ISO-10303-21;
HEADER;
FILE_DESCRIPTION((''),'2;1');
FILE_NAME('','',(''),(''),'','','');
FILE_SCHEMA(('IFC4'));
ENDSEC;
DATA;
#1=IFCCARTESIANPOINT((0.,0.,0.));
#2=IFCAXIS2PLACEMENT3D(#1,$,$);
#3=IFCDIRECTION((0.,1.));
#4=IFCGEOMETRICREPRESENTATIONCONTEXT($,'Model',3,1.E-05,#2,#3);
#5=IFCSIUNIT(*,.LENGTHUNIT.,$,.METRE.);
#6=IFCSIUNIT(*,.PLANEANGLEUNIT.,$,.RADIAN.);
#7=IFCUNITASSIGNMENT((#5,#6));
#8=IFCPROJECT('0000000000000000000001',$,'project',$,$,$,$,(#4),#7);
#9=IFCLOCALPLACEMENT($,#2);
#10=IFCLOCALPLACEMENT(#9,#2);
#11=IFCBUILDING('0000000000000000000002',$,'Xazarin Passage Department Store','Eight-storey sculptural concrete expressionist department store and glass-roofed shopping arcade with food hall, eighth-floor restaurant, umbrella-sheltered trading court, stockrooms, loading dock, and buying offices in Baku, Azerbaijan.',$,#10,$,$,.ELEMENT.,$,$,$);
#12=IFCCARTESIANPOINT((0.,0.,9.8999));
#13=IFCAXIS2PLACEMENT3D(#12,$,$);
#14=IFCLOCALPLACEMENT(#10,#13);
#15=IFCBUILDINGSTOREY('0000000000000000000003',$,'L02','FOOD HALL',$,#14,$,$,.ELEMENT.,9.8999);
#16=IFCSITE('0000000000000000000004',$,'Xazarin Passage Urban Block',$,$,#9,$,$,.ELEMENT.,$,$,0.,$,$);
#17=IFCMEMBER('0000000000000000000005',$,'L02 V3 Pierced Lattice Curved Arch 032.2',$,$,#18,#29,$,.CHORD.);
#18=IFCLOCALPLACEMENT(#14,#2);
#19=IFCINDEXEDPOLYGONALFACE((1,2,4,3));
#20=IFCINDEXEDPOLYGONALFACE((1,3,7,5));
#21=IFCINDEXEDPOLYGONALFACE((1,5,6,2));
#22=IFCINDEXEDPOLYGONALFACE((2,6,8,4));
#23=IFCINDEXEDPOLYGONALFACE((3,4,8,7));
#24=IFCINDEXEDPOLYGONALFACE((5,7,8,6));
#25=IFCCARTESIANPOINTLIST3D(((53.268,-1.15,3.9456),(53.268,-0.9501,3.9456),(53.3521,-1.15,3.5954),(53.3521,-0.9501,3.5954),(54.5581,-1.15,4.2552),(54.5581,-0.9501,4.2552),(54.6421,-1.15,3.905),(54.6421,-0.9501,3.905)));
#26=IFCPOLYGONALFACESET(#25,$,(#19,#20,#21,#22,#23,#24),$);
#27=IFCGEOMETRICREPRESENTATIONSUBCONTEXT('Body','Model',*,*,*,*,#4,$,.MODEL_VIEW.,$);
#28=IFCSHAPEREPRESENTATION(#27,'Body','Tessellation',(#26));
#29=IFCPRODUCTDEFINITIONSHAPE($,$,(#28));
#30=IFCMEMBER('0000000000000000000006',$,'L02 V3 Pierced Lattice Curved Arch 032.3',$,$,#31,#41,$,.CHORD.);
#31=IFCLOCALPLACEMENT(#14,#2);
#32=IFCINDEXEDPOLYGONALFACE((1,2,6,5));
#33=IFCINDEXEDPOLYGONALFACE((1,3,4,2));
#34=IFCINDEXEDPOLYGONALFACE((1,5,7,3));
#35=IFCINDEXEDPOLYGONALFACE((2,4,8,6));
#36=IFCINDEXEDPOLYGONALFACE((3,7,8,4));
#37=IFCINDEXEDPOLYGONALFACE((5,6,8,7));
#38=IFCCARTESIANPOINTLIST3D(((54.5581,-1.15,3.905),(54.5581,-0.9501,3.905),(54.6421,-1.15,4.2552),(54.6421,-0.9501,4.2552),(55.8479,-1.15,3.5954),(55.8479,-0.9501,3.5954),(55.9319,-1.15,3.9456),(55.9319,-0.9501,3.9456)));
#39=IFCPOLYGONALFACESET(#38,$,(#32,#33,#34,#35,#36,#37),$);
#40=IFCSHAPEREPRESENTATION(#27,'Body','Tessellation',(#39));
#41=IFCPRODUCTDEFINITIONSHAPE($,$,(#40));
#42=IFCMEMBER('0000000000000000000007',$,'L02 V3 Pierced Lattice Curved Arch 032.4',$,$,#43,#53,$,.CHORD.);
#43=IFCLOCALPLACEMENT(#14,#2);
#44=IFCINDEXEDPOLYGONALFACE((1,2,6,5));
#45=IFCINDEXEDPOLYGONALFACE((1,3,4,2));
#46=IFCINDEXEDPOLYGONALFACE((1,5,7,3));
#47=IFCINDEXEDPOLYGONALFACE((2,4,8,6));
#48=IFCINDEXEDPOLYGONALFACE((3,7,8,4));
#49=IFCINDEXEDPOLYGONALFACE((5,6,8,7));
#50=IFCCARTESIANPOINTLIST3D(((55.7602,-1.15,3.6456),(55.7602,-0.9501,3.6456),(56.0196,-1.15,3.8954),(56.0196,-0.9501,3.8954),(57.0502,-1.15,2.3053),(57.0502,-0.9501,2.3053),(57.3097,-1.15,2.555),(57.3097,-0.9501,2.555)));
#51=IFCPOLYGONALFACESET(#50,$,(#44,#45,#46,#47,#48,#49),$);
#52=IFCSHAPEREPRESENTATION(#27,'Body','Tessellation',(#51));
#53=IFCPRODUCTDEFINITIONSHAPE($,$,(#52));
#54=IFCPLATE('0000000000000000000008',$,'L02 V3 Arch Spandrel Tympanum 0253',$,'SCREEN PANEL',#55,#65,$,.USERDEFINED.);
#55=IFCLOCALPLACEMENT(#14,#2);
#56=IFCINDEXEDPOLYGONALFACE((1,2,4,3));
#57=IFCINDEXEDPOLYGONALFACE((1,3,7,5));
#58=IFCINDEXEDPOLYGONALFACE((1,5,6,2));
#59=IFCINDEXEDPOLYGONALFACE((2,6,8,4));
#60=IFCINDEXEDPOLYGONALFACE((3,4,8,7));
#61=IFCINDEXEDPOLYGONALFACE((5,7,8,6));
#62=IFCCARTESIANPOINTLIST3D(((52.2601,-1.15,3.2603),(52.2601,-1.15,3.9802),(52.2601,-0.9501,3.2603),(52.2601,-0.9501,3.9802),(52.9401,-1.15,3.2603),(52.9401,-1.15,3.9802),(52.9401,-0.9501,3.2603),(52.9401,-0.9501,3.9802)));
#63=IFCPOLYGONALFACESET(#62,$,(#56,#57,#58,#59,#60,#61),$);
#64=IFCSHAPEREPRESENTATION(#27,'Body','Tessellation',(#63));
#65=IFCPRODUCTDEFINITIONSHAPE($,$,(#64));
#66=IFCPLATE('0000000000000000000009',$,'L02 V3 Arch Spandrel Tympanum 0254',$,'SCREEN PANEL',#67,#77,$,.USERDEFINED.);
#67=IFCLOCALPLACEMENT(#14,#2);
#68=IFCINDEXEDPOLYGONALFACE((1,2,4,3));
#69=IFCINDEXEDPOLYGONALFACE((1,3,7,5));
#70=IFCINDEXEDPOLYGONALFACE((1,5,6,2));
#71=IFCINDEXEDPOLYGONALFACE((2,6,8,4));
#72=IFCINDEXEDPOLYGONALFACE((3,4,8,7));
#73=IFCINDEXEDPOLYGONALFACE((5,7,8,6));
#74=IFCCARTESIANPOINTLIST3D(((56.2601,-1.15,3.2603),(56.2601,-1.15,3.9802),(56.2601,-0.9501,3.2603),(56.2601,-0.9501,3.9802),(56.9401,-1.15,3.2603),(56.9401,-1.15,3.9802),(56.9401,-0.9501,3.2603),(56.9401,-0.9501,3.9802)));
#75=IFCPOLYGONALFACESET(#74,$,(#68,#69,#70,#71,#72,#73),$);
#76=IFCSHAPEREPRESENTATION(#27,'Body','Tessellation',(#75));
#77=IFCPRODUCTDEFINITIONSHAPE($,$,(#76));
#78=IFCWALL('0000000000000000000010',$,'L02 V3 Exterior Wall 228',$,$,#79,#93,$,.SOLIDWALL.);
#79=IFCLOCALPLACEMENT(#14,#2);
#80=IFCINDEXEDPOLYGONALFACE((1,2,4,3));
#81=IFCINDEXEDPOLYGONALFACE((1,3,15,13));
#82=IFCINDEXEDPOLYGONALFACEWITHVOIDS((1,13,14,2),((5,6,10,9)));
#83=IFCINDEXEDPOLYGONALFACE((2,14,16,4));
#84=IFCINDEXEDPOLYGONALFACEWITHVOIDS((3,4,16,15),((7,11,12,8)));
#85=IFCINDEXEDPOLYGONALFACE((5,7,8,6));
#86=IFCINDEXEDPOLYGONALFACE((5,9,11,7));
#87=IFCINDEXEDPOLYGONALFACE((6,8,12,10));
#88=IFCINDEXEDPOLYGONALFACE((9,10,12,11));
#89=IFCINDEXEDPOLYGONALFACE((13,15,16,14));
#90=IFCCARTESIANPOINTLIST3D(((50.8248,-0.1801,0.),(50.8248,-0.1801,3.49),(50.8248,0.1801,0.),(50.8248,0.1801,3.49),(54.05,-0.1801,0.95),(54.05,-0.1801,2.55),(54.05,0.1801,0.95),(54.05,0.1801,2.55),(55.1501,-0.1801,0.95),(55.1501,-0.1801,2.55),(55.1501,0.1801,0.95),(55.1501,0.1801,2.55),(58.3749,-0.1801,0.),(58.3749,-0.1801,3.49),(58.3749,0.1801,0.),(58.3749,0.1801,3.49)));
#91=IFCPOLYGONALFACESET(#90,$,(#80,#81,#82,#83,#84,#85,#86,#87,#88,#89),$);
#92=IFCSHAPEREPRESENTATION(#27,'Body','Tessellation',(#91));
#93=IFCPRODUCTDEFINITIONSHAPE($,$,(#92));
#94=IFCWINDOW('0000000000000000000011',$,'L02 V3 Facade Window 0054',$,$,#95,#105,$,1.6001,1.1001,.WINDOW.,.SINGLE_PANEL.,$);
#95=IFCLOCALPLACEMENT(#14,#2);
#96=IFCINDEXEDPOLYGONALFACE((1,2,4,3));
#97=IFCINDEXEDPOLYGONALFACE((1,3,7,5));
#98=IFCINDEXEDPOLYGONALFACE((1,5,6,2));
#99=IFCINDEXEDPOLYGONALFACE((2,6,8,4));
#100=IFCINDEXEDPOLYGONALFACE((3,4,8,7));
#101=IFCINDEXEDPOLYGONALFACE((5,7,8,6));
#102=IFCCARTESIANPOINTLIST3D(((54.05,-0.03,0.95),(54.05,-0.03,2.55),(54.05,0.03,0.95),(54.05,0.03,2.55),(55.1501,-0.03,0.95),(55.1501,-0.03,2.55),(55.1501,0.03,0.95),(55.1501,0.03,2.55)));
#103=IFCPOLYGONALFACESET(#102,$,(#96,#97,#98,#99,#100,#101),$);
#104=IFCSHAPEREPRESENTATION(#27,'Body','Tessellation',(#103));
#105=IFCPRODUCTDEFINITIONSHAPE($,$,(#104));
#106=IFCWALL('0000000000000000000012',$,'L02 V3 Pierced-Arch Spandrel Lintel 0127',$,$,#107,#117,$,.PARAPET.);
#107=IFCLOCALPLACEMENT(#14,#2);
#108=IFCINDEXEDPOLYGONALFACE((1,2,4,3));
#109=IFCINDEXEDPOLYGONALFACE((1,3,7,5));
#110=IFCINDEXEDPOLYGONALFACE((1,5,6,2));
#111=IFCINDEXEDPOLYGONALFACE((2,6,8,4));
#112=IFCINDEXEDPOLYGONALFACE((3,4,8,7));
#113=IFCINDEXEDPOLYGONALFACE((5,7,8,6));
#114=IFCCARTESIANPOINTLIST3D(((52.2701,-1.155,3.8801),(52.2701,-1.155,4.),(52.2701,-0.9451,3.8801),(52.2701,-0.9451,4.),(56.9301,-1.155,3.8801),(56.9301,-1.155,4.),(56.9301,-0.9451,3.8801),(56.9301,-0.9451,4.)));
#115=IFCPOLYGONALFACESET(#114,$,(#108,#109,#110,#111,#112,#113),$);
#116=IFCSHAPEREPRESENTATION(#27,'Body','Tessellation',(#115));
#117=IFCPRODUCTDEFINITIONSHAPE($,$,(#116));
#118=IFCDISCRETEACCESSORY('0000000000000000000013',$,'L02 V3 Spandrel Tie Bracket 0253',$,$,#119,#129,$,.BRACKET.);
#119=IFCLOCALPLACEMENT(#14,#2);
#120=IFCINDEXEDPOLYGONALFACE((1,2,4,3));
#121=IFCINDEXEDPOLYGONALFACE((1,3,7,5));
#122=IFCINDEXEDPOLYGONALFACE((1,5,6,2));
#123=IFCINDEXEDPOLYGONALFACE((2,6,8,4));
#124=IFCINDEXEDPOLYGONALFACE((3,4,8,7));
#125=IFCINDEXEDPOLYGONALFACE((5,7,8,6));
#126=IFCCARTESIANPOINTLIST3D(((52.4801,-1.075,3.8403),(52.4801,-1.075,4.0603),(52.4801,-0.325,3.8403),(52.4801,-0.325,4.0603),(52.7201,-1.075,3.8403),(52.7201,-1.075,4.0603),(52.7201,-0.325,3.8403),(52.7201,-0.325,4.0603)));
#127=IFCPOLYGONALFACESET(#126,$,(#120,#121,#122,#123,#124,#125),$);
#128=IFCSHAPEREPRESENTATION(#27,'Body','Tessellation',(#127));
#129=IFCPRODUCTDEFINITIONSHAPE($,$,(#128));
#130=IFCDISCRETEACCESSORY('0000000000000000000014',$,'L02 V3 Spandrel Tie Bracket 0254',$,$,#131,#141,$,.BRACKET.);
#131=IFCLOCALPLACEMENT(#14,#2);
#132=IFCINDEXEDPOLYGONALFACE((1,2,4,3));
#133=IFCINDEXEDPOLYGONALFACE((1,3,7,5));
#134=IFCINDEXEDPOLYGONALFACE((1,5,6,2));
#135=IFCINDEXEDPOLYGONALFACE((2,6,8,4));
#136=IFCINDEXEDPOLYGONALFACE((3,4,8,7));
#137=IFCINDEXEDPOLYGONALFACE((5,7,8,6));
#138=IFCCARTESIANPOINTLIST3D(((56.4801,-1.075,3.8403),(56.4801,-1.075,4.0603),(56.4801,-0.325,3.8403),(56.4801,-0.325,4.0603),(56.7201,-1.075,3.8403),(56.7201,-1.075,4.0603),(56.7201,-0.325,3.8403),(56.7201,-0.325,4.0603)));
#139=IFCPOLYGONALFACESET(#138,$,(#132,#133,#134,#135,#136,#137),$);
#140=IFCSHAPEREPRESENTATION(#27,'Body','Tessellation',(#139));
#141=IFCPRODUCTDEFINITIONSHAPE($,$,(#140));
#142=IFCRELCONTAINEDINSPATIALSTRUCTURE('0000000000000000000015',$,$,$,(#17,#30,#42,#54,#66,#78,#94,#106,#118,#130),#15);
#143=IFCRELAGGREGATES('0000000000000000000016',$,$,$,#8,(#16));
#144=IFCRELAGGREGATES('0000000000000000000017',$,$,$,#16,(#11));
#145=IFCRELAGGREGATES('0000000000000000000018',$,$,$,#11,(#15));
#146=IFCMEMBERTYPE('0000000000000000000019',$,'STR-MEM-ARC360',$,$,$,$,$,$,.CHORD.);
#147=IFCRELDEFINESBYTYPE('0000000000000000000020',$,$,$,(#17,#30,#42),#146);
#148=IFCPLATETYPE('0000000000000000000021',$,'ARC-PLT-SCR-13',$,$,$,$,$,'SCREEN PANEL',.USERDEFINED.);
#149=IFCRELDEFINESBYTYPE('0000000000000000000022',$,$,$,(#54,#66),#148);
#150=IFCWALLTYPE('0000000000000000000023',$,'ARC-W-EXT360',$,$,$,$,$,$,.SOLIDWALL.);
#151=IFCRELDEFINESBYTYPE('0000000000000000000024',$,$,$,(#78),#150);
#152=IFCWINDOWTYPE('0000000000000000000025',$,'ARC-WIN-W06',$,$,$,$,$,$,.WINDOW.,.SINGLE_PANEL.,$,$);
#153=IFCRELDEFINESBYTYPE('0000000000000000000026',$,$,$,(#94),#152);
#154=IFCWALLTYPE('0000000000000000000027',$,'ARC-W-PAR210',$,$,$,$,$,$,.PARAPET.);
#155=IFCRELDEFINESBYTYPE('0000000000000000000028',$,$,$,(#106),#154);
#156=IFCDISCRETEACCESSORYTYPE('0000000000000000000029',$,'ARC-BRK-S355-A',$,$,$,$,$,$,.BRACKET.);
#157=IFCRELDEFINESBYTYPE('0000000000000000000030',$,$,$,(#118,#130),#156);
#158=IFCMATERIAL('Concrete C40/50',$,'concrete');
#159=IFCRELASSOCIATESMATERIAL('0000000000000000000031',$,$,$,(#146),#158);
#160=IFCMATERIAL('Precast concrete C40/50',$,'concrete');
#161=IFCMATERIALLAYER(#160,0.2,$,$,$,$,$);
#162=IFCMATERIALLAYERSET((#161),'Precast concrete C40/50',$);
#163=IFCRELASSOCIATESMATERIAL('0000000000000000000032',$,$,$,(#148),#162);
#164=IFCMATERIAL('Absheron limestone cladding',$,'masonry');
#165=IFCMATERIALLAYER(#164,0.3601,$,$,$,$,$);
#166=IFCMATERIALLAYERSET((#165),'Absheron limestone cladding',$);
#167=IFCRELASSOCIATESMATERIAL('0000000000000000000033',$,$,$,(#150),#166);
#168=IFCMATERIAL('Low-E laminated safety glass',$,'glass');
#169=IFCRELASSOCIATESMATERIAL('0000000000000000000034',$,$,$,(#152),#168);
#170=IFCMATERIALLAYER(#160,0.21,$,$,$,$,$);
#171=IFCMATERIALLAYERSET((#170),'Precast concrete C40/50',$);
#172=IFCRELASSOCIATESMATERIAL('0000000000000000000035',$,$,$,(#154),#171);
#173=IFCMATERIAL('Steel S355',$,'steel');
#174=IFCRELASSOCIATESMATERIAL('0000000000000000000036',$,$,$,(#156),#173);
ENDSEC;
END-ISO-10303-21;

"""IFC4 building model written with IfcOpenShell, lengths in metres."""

from ifc_helpers import new_model, si_unit, direction, frame, frame_2d, origin, origin_2d, place, context, subcontext, project, spatial, rectangle, extrude, material, layer, layer_set, material_profile, profile_set, type_object, element, fill, save


model = new_model("IFC4")

# Units and contexts
model_context = context("Model", 3, precision=1e-05, world=origin(), true_north=direction((0.0, 1.0)))
body_context = subcontext(model_context, "Body", "Model", "MODEL_VIEW")
ifc_project = project(units=[si_unit("LENGTHUNIT", "METRE"), si_unit("PLANEANGLEUNIT", "RADIAN")], contexts=[model_context])

# Site, building, storey
site_placement = place(None, origin())
site = spatial("IfcSite", under=ifc_project, at=site_placement, Name="Xazarin Passage Urban Block", CompositionType="ELEMENT", RefElevation=0.0)
building_placement = place(site_placement, origin())
building = spatial("IfcBuilding", under=site, at=building_placement, Name="Xazarin Passage Department Store", Description="Eight-storey sculptural concrete expressionist department store and glass-roofed shopping arcade with food hall, eighth-floor restaurant, umbrella-sheltered trading court, stockrooms, loading dock, and buying offices in Baku, Azerbaijan.", CompositionType="ELEMENT")
storey_placement = place(building_placement, frame((0.0, 0.0, 9.8999)))
storey = spatial("IfcBuildingStorey", under=building, at=storey_placement, Name="L02", Description="FOOD HALL", CompositionType="ELEMENT", Elevation=9.8999)

# Shared definitions
ifc_material_1 = material(Name="Concrete C40/50", Category="concrete")

# Members
ifc_material_profile_1 = material_profile(ifc_material_1, rectangle(XDim=0.2, YDim=0.3601, at=origin_2d()), Name="RC 200x360")
ifc_profile_set_1 = profile_set([ifc_material_profile_1], Name="Concrete C40/50")
member_type_1 = type_object("IfcMemberType", Name="STR-MEM-ARC360", PredefinedType="CHORD", material=ifc_profile_set_1)
member_1_placement = place(storey_placement, frame((53.3101, -1.05, 3.7705), z_axis=(0.972394, 0.0, 0.233345), x_axis=(0.0, 1.0, 0.0)))
element("IfcMember", 1, at=member_1_placement, inside=storey, type_object=member_type_1, Name="L02 V3 Pierced Lattice Curved Arch 032.2", PredefinedType="CHORD", context=body_context, shape_type="SweptSolid", body=[
    extrude(rectangle(XDim=0.2, YDim=0.3601, at=origin_2d()), origin(), (0.0, 0.0, 1.0), 1.3267),
])
member_2_placement = place(storey_placement, frame((54.6001, -1.05, 4.0801), z_axis=(0.972384, 0.0, -0.233387), x_axis=(0.0, 1.0, 0.0)))
element("IfcMember", 2, at=member_2_placement, inside=storey, type_object=member_type_1, Name="L02 V3 Pierced Lattice Curved Arch 032.3", PredefinedType="CHORD", context=body_context, shape_type="SweptSolid", body=[
    extrude(rectangle(XDim=0.2, YDim=0.3601, at=origin_2d()), origin(), (0.0, 0.0, 1.0), 1.3264),
])
member_3_placement = place(storey_placement, frame((55.8899, -1.05, 3.7705), z_axis=(0.69346, 0.0, -0.720495), x_axis=(0.0, 1.0, 0.0)))
element("IfcMember", 3, at=member_3_placement, inside=storey, type_object=member_type_1, Name="L02 V3 Pierced Lattice Curved Arch 032.4", PredefinedType="CHORD", context=body_context, shape_type="SweptSolid", body=[
    extrude(rectangle(XDim=0.2, YDim=0.3601, at=origin_2d()), origin(), (0.0, 0.0, 1.0), 1.8604),
])

# Plates
ifc_material_2 = material(Name="Precast concrete C40/50", Category="concrete")
ifc_layer_1 = layer(ifc_material_2, 0.2)
ifc_layer_set_1 = layer_set([ifc_layer_1], Name="Precast concrete C40/50")
plate_type = type_object("IfcPlateType", Name="ARC-PLT-SCR-13", ElementType="SCREEN PANEL", PredefinedType="USERDEFINED", material=ifc_layer_set_1)
for number, where, z_axis, x_axis, name in (
    (4, (52.6001, -1.05, 3.2603), (0.0, 0.0, 1.0), (1.0, 0.0, 0.0), "L02 V3 Arch Spandrel Tympanum 0253"),
    (5, (56.6001, -1.05, 3.2603), (0.0, 0.0, 1.0), (1.0, 0.0, 0.0), "L02 V3 Arch Spandrel Tympanum 0254"),
):
    element("IfcPlate", number, at=place(storey_placement, frame(where, z_axis=z_axis, x_axis=x_axis)), inside=storey, type_object=plate_type, Name=name, ObjectType="SCREEN PANEL", PredefinedType="USERDEFINED", context=body_context, shape_type="SweptSolid", body=[
        extrude(rectangle(XDim=0.6799, YDim=0.2, at=origin_2d()), origin(), (0.0, 0.0, 1.0), 0.72),
    ])

# Wall, opening, window
ifc_material_3 = material(Name="Absheron limestone cladding", Category="masonry")
ifc_layer_2 = layer(ifc_material_3, 0.3601)
ifc_layer_set_2 = layer_set([ifc_layer_2], Name="Absheron limestone cladding")
wall_type_1 = type_object("IfcWallType", Name="ARC-W-EXT360", PredefinedType="SOLIDWALL", material=ifc_layer_set_2)
wall_1_placement = place(storey_placement, frame((50.825, 0.0, 0.0), z_axis=(0.0, 0.0, 1.0), x_axis=(1.0, 0.0, 0.0)))
wall_1 = element("IfcWall", 6, at=wall_1_placement, inside=storey, type_object=wall_type_1, Name="L02 V3 Exterior Wall 228", PredefinedType="SOLIDWALL", context=body_context, shape_type="SweptSolid", body=[
    extrude(rectangle(XDim=7.55, YDim=0.3601, at=frame_2d((3.7749, 0.0))), origin(), (0.0, 0.0, 1.0), 3.49),
])
opening_placement = place(wall_1_placement, frame((3.2251, 0.0, 0.95)))
opening = element("IfcOpeningElement", 7, at=opening_placement, cuts=wall_1, PredefinedType="OPENING", context=body_context, shape_type="SweptSolid", body=[
    extrude(rectangle(XDim=1.1001, YDim=1.6001, at=frame_2d((0.55, 0.8))), frame((0.0, 0.1899, 0.0), z_axis=(0.0, -1.0, 0.0), x_axis=(1.0, 0.0, 0.0)), (0.0, 0.0, 1.0), 0.3801),
])
ifc_material_4 = material(Name="Low-E laminated safety glass", Category="glass")
window_type = type_object("IfcWindowType", Name="ARC-WIN-W06", PartitioningType="SINGLE_PANEL", PredefinedType="WINDOW", material=ifc_material_4)
window_placement = place(opening_placement, origin())
window = element("IfcWindow", 8, at=window_placement, inside=storey, type_object=window_type, Name="L02 V3 Facade Window 0054", OverallHeight=1.6001, OverallWidth=1.1001, PartitioningType="SINGLE_PANEL", PredefinedType="WINDOW", context=body_context, shape_type="SweptSolid", body=[
    extrude(rectangle(XDim=1.1001, YDim=1.6001, at=frame_2d((0.55, 0.8))), frame((0.0, 0.03, 0.0), z_axis=(0.0, -1.0, 0.0), x_axis=(1.0, 0.0, 0.0)), (0.0, 0.0, 1.0), 0.0601),
])
fill(opening, window)

# Wall
ifc_layer_3 = layer(ifc_material_2, 0.21)
ifc_layer_set_3 = layer_set([ifc_layer_3], Name="Precast concrete C40/50")
wall_type_2 = type_object("IfcWallType", Name="ARC-W-PAR210", PredefinedType="PARAPET", material=ifc_layer_set_3)
wall_2_placement = place(storey_placement, frame((52.27, -1.05, 3.8801), z_axis=(0.0, 0.0, 1.0), x_axis=(1.0, 0.0, 0.0)))
element("IfcWall", 9, at=wall_2_placement, inside=storey, type_object=wall_type_2, Name="L02 V3 Pierced-Arch Spandrel Lintel 0127", PredefinedType="PARAPET", context=body_context, shape_type="SweptSolid", body=[
    extrude(rectangle(XDim=4.6599, YDim=0.21, at=frame_2d((2.3301, 0.0))), origin(), (0.0, 0.0, 1.0), 0.1199),
])

# Discrete accessories
ifc_material_5 = material(Name="Steel S355", Category="steel")
discrete_accessory_type = type_object("IfcDiscreteAccessoryType", Name="ARC-BRK-S355-A", PredefinedType="BRACKET", material=ifc_material_5)
for number, where, z_axis, x_axis, name in (
    (10, (52.6001, -0.7, 3.8403), (0.0, 0.0, 1.0), (1.0, 0.0, 0.0), "L02 V3 Spandrel Tie Bracket 0253"),
    (11, (56.6001, -0.7, 3.8403), (0.0, 0.0, 1.0), (1.0, 0.0, 0.0), "L02 V3 Spandrel Tie Bracket 0254"),
):
    element("IfcDiscreteAccessory", number, at=place(storey_placement, frame(where, z_axis=z_axis, x_axis=x_axis)), inside=storey, type_object=discrete_accessory_type, Name=name, PredefinedType="BRACKET", context=body_context, shape_type="SweptSolid", body=[
        extrude(rectangle(XDim=0.24, YDim=0.75, at=origin_2d()), origin(), (0.0, 0.0, 1.0), 0.22),
    ])

save(model, "model.ifc")
